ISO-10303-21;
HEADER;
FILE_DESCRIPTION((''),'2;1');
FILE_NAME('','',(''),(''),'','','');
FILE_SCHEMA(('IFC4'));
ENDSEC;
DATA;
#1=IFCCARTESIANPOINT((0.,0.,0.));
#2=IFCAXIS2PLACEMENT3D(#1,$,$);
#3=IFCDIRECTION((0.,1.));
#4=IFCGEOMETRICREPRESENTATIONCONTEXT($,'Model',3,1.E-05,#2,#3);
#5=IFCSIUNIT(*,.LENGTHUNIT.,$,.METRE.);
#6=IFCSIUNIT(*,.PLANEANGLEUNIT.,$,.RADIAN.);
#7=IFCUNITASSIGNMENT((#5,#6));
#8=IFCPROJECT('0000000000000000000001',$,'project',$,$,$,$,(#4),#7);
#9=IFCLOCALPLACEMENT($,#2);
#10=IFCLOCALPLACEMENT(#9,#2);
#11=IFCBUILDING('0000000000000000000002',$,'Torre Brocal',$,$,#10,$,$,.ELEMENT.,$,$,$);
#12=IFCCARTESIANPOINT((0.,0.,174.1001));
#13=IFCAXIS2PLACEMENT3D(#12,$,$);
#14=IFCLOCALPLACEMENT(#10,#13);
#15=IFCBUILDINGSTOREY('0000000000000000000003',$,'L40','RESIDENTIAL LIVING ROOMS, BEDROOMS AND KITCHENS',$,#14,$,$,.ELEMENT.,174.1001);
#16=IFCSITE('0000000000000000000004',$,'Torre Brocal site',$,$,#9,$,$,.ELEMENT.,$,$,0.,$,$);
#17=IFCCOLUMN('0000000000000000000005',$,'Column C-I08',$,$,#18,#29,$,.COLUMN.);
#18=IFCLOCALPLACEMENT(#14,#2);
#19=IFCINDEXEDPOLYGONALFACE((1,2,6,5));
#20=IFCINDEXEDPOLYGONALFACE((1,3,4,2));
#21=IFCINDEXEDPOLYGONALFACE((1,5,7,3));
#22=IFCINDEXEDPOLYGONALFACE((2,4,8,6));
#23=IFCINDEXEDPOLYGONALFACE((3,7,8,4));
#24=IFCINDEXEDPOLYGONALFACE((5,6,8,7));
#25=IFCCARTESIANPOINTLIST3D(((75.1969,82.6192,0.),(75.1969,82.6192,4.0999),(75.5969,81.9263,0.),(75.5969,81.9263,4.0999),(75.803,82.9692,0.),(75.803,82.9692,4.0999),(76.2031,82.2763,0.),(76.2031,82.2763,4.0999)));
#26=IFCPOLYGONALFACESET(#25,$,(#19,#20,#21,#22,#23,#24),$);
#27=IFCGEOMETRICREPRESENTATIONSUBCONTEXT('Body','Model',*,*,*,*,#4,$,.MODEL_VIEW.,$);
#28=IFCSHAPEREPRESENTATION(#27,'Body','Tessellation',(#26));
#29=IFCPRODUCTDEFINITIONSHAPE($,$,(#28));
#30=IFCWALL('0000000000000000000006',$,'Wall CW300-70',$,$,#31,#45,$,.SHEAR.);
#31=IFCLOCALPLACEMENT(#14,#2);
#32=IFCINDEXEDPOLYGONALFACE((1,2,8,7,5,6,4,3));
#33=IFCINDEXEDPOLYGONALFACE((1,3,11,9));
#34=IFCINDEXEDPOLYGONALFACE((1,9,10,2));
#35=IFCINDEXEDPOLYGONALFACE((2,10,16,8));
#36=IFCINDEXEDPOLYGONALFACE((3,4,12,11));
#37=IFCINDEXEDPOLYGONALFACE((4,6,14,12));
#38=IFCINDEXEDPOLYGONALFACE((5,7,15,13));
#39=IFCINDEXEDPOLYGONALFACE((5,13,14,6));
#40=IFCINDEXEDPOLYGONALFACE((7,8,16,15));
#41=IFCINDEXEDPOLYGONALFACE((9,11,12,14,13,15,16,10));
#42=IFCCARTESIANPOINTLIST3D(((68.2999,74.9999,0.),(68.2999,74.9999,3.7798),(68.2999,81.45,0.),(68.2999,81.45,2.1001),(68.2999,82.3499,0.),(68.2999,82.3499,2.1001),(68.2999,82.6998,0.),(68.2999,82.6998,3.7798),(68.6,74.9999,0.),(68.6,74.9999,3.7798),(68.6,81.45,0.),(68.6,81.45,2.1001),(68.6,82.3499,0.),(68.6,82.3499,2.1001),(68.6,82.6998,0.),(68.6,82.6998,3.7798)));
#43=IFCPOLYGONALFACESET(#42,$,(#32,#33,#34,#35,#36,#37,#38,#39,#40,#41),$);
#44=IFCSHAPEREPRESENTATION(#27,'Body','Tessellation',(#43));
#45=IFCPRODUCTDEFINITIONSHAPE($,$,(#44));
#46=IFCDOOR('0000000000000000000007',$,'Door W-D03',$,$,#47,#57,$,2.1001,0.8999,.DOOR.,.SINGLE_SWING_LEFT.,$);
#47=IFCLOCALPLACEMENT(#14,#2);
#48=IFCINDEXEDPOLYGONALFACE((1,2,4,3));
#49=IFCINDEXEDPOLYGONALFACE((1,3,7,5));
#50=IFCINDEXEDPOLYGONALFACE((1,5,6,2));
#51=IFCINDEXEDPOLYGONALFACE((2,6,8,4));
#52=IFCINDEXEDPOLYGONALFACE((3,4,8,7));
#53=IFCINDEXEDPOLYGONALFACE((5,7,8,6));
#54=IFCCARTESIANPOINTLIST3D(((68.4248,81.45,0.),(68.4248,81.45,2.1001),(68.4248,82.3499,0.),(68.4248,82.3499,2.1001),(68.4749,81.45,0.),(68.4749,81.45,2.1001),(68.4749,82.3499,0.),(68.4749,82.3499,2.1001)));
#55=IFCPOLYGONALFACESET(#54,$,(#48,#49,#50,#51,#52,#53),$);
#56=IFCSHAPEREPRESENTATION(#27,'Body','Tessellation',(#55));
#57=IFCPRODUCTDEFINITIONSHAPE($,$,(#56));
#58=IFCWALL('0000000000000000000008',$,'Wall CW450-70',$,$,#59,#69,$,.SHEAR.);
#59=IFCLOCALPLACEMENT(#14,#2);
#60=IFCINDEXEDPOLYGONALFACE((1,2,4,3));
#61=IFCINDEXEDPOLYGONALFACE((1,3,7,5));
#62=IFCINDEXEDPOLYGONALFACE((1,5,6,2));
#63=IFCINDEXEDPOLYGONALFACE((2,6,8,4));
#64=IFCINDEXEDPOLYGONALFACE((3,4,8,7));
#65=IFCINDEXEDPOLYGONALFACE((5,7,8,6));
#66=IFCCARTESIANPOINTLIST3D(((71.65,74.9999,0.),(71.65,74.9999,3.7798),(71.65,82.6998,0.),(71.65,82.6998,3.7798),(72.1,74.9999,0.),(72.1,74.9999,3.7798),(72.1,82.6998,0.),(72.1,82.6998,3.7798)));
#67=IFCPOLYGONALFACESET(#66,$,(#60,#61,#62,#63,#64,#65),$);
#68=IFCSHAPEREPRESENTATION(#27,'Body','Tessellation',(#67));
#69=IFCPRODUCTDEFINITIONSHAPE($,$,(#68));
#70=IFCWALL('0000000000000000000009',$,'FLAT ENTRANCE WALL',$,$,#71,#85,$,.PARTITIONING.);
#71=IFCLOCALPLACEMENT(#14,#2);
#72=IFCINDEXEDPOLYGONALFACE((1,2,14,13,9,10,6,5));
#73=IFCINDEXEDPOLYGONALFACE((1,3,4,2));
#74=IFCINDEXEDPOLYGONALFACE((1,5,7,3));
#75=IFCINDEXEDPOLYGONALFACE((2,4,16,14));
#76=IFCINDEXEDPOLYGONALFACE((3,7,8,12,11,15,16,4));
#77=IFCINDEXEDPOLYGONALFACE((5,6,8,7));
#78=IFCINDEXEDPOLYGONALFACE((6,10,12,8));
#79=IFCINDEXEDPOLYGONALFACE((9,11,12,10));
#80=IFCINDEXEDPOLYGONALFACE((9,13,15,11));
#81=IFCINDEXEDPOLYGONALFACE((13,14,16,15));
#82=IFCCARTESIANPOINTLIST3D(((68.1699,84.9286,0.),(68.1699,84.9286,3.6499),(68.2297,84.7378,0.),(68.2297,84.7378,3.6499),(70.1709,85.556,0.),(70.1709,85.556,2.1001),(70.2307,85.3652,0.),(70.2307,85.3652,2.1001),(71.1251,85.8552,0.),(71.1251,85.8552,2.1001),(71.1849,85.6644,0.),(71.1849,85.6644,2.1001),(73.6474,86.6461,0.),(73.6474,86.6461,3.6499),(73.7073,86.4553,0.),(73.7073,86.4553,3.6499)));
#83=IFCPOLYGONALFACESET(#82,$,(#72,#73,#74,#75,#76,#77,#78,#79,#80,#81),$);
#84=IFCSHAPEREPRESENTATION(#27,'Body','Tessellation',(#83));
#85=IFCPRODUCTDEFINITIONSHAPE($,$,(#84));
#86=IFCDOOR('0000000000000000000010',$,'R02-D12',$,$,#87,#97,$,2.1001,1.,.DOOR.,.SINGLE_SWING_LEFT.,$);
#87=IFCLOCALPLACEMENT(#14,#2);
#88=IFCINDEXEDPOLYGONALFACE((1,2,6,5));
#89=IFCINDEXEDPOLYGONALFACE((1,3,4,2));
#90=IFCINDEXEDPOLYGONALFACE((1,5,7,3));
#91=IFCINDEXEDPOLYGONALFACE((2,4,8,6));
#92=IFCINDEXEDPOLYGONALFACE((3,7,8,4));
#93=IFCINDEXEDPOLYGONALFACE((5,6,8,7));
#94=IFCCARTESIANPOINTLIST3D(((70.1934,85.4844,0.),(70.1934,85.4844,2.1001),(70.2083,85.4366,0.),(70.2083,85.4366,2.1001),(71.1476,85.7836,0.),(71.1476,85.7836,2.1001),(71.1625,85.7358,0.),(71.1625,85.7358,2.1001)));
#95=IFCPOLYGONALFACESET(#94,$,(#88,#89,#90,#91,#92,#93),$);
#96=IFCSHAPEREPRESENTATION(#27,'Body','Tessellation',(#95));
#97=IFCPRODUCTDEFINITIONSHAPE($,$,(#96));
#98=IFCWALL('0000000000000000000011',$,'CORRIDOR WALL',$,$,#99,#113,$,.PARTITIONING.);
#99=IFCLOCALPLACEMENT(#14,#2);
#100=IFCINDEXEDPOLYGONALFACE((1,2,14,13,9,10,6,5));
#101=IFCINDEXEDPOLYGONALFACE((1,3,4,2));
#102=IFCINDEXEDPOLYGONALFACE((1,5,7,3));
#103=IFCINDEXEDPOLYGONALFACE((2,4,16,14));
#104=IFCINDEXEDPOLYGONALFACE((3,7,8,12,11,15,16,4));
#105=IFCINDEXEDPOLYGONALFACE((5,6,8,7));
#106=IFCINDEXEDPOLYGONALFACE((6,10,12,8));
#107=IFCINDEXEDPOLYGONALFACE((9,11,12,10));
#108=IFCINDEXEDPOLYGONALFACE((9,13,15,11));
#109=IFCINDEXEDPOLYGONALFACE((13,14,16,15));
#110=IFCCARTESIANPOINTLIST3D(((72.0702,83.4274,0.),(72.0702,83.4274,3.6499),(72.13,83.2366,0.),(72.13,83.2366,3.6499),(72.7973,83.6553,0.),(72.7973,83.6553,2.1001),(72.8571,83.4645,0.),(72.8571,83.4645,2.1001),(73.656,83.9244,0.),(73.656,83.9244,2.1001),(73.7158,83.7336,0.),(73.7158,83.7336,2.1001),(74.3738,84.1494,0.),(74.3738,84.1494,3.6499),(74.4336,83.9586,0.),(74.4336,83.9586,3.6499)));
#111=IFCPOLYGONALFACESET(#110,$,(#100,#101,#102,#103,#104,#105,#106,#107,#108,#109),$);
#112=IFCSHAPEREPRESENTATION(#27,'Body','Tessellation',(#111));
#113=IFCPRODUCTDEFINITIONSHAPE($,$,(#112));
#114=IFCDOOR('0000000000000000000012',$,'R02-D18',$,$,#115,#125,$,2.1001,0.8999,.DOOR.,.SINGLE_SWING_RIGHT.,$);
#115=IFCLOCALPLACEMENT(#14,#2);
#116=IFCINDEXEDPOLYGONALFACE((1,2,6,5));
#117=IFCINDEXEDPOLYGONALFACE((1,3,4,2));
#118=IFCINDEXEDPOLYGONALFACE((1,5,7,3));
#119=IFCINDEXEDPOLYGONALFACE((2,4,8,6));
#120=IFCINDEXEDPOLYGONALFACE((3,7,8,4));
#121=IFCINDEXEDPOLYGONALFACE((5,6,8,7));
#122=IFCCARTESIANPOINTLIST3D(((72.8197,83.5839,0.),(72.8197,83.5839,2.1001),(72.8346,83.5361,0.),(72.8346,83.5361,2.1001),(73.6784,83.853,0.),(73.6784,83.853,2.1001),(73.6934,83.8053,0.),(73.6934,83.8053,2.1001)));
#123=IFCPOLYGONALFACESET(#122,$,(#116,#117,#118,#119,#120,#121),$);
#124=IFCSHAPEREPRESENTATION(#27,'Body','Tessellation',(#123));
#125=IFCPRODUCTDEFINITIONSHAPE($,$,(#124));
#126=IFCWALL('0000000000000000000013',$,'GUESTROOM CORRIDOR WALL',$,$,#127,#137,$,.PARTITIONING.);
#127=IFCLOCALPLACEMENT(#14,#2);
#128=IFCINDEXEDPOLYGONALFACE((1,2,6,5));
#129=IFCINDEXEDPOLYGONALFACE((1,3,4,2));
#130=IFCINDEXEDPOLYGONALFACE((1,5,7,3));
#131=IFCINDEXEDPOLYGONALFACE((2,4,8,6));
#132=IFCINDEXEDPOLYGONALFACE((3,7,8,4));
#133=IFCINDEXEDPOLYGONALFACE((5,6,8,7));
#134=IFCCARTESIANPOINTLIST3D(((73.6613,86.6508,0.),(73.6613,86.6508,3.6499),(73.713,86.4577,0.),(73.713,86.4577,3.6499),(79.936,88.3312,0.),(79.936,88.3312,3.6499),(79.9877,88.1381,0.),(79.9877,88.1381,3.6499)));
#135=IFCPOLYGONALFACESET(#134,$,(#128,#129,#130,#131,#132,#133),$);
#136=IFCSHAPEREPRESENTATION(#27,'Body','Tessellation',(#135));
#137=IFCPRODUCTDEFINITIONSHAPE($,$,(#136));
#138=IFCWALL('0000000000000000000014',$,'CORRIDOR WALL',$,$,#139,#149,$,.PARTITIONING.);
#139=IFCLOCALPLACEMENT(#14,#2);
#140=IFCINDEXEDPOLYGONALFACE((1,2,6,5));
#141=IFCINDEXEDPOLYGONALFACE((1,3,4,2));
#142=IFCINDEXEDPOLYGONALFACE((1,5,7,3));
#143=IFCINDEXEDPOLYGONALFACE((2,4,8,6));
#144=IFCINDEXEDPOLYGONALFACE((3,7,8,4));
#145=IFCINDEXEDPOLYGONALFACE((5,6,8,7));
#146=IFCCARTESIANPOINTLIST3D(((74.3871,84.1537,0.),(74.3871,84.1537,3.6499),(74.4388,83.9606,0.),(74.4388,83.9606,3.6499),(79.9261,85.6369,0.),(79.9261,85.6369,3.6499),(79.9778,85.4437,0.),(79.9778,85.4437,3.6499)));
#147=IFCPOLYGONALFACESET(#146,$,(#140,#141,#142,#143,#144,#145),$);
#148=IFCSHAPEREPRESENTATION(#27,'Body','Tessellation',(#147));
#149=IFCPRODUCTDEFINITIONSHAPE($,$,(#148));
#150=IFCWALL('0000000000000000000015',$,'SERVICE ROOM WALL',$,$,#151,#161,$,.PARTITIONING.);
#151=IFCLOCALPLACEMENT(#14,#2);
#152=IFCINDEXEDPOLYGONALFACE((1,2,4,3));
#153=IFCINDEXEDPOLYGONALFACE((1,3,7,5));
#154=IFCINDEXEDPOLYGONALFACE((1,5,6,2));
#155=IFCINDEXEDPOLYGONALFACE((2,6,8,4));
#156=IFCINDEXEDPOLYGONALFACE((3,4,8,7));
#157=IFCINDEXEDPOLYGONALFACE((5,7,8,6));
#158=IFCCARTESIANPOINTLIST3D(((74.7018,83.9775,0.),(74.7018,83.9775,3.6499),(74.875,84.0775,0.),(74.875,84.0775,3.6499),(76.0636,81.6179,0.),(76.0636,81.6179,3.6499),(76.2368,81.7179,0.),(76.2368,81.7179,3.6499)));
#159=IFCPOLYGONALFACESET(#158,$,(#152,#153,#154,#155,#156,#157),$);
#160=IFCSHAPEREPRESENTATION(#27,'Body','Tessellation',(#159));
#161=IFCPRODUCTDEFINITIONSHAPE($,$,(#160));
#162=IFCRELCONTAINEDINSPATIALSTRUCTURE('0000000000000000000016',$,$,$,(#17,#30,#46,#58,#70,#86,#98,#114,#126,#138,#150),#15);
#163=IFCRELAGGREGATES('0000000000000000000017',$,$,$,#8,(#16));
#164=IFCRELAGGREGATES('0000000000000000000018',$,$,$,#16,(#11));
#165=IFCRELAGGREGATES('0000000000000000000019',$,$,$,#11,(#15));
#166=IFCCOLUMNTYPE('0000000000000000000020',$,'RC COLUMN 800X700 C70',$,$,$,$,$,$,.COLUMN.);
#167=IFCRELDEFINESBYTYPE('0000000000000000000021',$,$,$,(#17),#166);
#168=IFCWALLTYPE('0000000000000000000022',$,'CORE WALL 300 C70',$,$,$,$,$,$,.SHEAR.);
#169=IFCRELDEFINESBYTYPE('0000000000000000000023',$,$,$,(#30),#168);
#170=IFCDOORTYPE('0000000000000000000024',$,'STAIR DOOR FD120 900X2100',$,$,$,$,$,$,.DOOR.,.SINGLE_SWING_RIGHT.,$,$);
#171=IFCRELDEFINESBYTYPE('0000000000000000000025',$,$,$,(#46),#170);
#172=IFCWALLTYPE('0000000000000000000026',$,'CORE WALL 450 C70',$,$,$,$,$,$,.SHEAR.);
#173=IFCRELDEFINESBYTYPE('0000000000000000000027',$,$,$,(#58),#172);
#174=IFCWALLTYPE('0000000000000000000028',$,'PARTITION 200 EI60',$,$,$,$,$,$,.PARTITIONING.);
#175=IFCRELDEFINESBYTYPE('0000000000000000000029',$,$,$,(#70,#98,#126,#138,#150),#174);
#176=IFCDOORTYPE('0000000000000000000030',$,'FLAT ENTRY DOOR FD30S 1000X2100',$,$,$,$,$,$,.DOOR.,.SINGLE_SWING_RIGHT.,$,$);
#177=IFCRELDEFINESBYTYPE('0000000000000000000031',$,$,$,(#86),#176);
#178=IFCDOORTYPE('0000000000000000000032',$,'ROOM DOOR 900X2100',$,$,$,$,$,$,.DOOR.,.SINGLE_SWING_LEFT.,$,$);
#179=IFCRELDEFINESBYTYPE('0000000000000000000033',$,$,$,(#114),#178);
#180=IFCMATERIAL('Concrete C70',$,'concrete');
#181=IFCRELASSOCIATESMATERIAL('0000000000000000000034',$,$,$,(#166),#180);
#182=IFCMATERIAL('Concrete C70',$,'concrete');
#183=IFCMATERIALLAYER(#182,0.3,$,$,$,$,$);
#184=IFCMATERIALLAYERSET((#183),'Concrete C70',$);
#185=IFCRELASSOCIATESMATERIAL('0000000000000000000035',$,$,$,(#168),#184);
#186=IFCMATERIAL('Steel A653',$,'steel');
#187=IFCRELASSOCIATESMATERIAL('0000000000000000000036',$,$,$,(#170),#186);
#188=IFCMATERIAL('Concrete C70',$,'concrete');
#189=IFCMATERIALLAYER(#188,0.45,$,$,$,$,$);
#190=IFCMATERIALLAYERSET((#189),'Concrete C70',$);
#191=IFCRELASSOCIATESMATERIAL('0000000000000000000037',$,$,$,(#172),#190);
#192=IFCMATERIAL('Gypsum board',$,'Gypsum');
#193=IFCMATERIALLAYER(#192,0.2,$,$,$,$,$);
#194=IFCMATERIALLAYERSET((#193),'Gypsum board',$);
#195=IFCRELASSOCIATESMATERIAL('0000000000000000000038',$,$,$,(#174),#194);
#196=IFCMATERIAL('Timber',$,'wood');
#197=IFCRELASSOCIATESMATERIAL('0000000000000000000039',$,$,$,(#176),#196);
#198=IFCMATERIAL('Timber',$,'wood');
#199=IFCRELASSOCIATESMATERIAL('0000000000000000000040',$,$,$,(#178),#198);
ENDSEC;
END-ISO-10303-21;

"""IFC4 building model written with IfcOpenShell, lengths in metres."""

from ifc_helpers import new_model, si_unit, direction, frame, frame_2d, origin, origin_2d, place, context, subcontext, project, spatial, rectangle, extrude, material, layer, layer_set, material_profile, profile_set, type_object, element, fill, save


model = new_model("IFC4")

# Units and contexts
model_context = context("Model", 3, precision=1e-05, world=origin(), true_north=direction((0.0, 1.0)))
body_context = subcontext(model_context, "Body", "Model", "MODEL_VIEW")
ifc_project = project(units=[si_unit("LENGTHUNIT", "METRE"), si_unit("PLANEANGLEUNIT", "RADIAN")], contexts=[model_context])

# Site, building, storey
site_placement = place(None, origin())
site = spatial("IfcSite", under=ifc_project, at=site_placement, Name="Torre Brocal site", CompositionType="ELEMENT", RefElevation=0.0)
building_placement = place(site_placement, origin())
building = spatial("IfcBuilding", under=site, at=building_placement, Name="Torre Brocal", CompositionType="ELEMENT")
storey_placement = place(building_placement, frame((0.0, 0.0, 174.1001)))
storey = spatial("IfcBuildingStorey", under=building, at=storey_placement, Name="L40", Description="RESIDENTIAL LIVING ROOMS, BEDROOMS AND KITCHENS", CompositionType="ELEMENT", Elevation=174.1001)

# Column
ifc_material_1 = material(Name="Concrete C70", Category="concrete")
ifc_material_profile = material_profile(ifc_material_1, rectangle(XDim=0.8, YDim=0.7, at=origin_2d()), Name="RC 800X700")
ifc_profile_set = profile_set([ifc_material_profile], Name="Concrete C70")
column_type = type_object("IfcColumnType", Name="RC COLUMN 800X700 C70", PredefinedType="COLUMN", material=ifc_profile_set)
column_placement = place(storey_placement, frame((75.7, 82.4478, 0.0), z_axis=(0.0, 0.0, 1.0), x_axis=(-0.5, 0.866025, 0.0)))
element("IfcColumn", 1, at=column_placement, inside=storey, type_object=column_type, Name="Column C-I08", PredefinedType="COLUMN", context=body_context, shape_type="SweptSolid", body=[
    extrude(rectangle(XDim=0.8, YDim=0.7, at=origin_2d()), origin(), (0.0, 0.0, 1.0), 4.0999),
])

# Wall, opening, door
ifc_material_2 = material(Name="Concrete C70", Category="concrete")
ifc_layer_1 = layer(ifc_material_2, 0.3)
ifc_layer_set_1 = layer_set([ifc_layer_1], Name="Concrete C70")
wall_type_1 = type_object("IfcWallType", Name="CORE WALL 300 C70", PredefinedType="SHEAR", material=ifc_layer_set_1)
wall_1_placement = place(storey_placement, frame((68.45, 82.7, 0.0), z_axis=(0.0, 0.0, 1.0), x_axis=(0.0, -1.0, 0.0)))
wall_1 = element("IfcWall", 2, at=wall_1_placement, inside=storey, type_object=wall_type_1, Name="Wall CW300-70", PredefinedType="SHEAR", context=body_context, shape_type="SweptSolid", body=[
    extrude(rectangle(XDim=7.7, YDim=0.3, at=frame_2d((3.8501, 0.0))), origin(), (0.0, 0.0, 1.0), 3.7798),
])
opening_1_placement = place(wall_1_placement, frame((0.3501, 0.0, 0.0)))
opening_1 = element("IfcOpeningElement", 3, at=opening_1_placement, cuts=wall_1, PredefinedType="OPENING", context=body_context, shape_type="SweptSolid", body=[
    extrude(rectangle(XDim=0.8999, YDim=2.1001, at=frame_2d((0.45, 1.05))), frame((0.0, 0.1599, 0.0), z_axis=(0.0, -1.0, 0.0), x_axis=(1.0, 0.0, 0.0)), (0.0, 0.0, 1.0), 0.3201),
])
ifc_material_3 = material(Name="Steel A653", Category="steel")
door_type_1 = type_object("IfcDoorType", Name="STAIR DOOR FD120 900X2100", OperationType="SINGLE_SWING_RIGHT", PredefinedType="DOOR", material=ifc_material_3)
door_1_placement = place(opening_1_placement, origin())
door_1 = element("IfcDoor", 4, at=door_1_placement, inside=storey, type_object=door_type_1, Name="Door W-D03", OperationType="SINGLE_SWING_LEFT", OverallHeight=2.1001, OverallWidth=0.8999, PredefinedType="DOOR", context=body_context, shape_type="SweptSolid", body=[
    extrude(rectangle(XDim=0.8999, YDim=2.1001, at=frame_2d((0.45, 1.05))), frame((0.0, 0.0249, 0.0), z_axis=(0.0, -1.0, 0.0), x_axis=(1.0, 0.0, 0.0)), (0.0, 0.0, 1.0), 0.05),
])
fill(opening_1, door_1)

# Wall
ifc_material_4 = material(Name="Concrete C70", Category="concrete")
ifc_layer_2 = layer(ifc_material_4, 0.45)
ifc_layer_set_2 = layer_set([ifc_layer_2], Name="Concrete C70")
wall_type_2 = type_object("IfcWallType", Name="CORE WALL 450 C70", PredefinedType="SHEAR", material=ifc_layer_set_2)
wall_2_placement = place(storey_placement, frame((71.875, 82.7, 0.0), z_axis=(0.0, 0.0, 1.0), x_axis=(0.0, -1.0, 0.0)))
element("IfcWall", 5, at=wall_2_placement, inside=storey, type_object=wall_type_2, Name="Wall CW450-70", PredefinedType="SHEAR", context=body_context, shape_type="SweptSolid", body=[
    extrude(rectangle(XDim=7.7, YDim=0.45, at=frame_2d((3.8501, 0.0))), origin(), (0.0, 0.0, 1.0), 3.7798),
])

# Walls, openings, doors
ifc_material_5 = material(Name="Gypsum board", Category="Gypsum")
ifc_layer_3 = layer(ifc_material_5, 0.2)
ifc_layer_set_3 = layer_set([ifc_layer_3], Name="Gypsum board")
wall_type_3 = type_object("IfcWallType", Name="PARTITION 200 EI60", PredefinedType="PARTITIONING", material=ifc_layer_set_3)
wall_3_placement = place(storey_placement, frame((68.2, 84.8333, 0.0), z_axis=(0.0, 0.0, 1.0), x_axis=(0.954192, 0.299195, 0.0)))
wall_3 = element("IfcWall", 6, at=wall_3_placement, inside=storey, type_object=wall_type_3, Name="FLAT ENTRANCE WALL", PredefinedType="PARTITIONING", context=body_context, shape_type="SweptSolid", body=[
    extrude(rectangle(XDim=5.7405, YDim=0.2, at=frame_2d((2.8701, 0.0))), origin(), (0.0, 0.0, 1.0), 3.6499),
])
opening_2_placement = place(wall_3_placement, frame((2.0969, 0.0, 0.0)))
opening_2 = element("IfcOpeningElement", 7, at=opening_2_placement, cuts=wall_3, PredefinedType="OPENING", context=body_context, shape_type="SweptSolid", body=[
    extrude(rectangle(XDim=1.0, YDim=2.1001, at=frame_2d((0.5, 1.05))), frame((0.0, 0.1099, 0.0), z_axis=(0.0, -1.0, 0.0), x_axis=(1.0, 0.0, 0.0)), (0.0, 0.0, 1.0), 0.22),
])
ifc_material_6 = material(Name="Timber", Category="wood")
door_type_2 = type_object("IfcDoorType", Name="FLAT ENTRY DOOR FD30S 1000X2100", OperationType="SINGLE_SWING_RIGHT", PredefinedType="DOOR", material=ifc_material_6)
door_2_placement = place(opening_2_placement, origin())
door_2 = element("IfcDoor", 8, at=door_2_placement, inside=storey, type_object=door_type_2, Name="R02-D12", OperationType="SINGLE_SWING_LEFT", OverallHeight=2.1001, OverallWidth=1.0, PredefinedType="DOOR", context=body_context, shape_type="SweptSolid", body=[
    extrude(rectangle(XDim=1.0, YDim=2.1001, at=frame_2d((0.5, 1.05))), frame((0.0, 0.0249, 0.0), z_axis=(0.0, -1.0, 0.0), x_axis=(1.0, 0.0, 0.0)), (0.0, 0.0, 1.0), 0.05),
])
fill(opening_2, door_2)
wall_4_placement = place(storey_placement, frame((72.1001, 83.332, 0.0), z_axis=(0.0, 0.0, 1.0), x_axis=(0.954233, 0.299064, 0.0)))
wall_4 = element("IfcWall", 9, at=wall_4_placement, inside=storey, type_object=wall_type_3, Name="CORRIDOR WALL", PredefinedType="PARTITIONING", context=body_context, shape_type="SweptSolid", body=[
    extrude(rectangle(XDim=2.4141, YDim=0.2, at=frame_2d((1.207, 0.0))), origin(), (0.0, 0.0, 1.0), 3.6499),
])
opening_3_placement = place(wall_4_placement, frame((0.762, 0.0, 0.0)))
opening_3 = element("IfcOpeningElement", 10, at=opening_3_placement, cuts=wall_4, PredefinedType="OPENING", context=body_context, shape_type="SweptSolid", body=[
    extrude(rectangle(XDim=0.8999, YDim=2.1001, at=frame_2d((0.45, 1.05))), frame((0.0, 0.1099, 0.0), z_axis=(0.0, -1.0, 0.0), x_axis=(1.0, 0.0, 0.0)), (0.0, 0.0, 1.0), 0.22),
])
ifc_material_7 = material(Name="Timber", Category="wood")
door_type_3 = type_object("IfcDoorType", Name="ROOM DOOR 900X2100", OperationType="SINGLE_SWING_LEFT", PredefinedType="DOOR", material=ifc_material_7)
door_3_placement = place(opening_3_placement, frame((0.8999, 0.0, 0.0), z_axis=(0.0, 0.0, 1.0), x_axis=(-1.0, 0.0, 0.0)))
door_3 = element("IfcDoor", 11, at=door_3_placement, inside=storey, type_object=door_type_3, Name="R02-D18", OperationType="SINGLE_SWING_RIGHT", OverallHeight=2.1001, OverallWidth=0.8999, PredefinedType="DOOR", context=body_context, shape_type="SweptSolid", body=[
    extrude(rectangle(XDim=0.8999, YDim=2.1001, at=frame_2d((0.45, 1.05))), frame((0.0, 0.0249, 0.0), z_axis=(0.0, -1.0, 0.0), x_axis=(1.0, 0.0, 0.0)), (0.0, 0.0, 1.0), 0.05),
])
fill(opening_3, door_3)

# Walls
wall_5_placement = place(storey_placement, frame((73.687, 86.5542, 0.0), z_axis=(0.0, 0.0, 1.0), x_axis=(0.965959, 0.258694, 0.0)))
element("IfcWall", 12, at=wall_5_placement, inside=storey, type_object=wall_type_3, Name="GUESTROOM CORRIDOR WALL", PredefinedType="PARTITIONING", context=body_context, shape_type="SweptSolid", body=[
    extrude(rectangle(XDim=6.4958, YDim=0.2, at=frame_2d((3.248, 0.0))), origin(), (0.0, 0.0, 1.0), 3.6499),
])
wall_6_placement = place(storey_placement, frame((74.4128, 84.0571, 0.0), z_axis=(0.0, 0.0, 1.0), x_axis=(0.965971, 0.258651, 0.0)))
element("IfcWall", 13, at=wall_6_placement, inside=storey, type_object=wall_type_3, Name="CORRIDOR WALL", PredefinedType="PARTITIONING", context=body_context, shape_type="SweptSolid", body=[
    extrude(rectangle(XDim=5.7341, YDim=0.2, at=frame_2d((2.8672, 0.0))), origin(), (0.0, 0.0, 1.0), 3.6499),
])
wall_7_placement = place(storey_placement, frame((74.7883, 84.0276, 0.0), z_axis=(0.0, 0.0, 1.0), x_axis=(0.49986, -0.866107, 0.0)))
element("IfcWall", 14, at=wall_7_placement, inside=storey, type_object=wall_type_3, Name="SERVICE ROOM WALL", PredefinedType="PARTITIONING", context=body_context, shape_type="SweptSolid", body=[
    extrude(rectangle(XDim=2.7244, YDim=0.2, at=frame_2d((1.3623, 0.0))), origin(), (0.0, 0.0, 1.0), 3.6499),
])

save(model, "model.ifc")
